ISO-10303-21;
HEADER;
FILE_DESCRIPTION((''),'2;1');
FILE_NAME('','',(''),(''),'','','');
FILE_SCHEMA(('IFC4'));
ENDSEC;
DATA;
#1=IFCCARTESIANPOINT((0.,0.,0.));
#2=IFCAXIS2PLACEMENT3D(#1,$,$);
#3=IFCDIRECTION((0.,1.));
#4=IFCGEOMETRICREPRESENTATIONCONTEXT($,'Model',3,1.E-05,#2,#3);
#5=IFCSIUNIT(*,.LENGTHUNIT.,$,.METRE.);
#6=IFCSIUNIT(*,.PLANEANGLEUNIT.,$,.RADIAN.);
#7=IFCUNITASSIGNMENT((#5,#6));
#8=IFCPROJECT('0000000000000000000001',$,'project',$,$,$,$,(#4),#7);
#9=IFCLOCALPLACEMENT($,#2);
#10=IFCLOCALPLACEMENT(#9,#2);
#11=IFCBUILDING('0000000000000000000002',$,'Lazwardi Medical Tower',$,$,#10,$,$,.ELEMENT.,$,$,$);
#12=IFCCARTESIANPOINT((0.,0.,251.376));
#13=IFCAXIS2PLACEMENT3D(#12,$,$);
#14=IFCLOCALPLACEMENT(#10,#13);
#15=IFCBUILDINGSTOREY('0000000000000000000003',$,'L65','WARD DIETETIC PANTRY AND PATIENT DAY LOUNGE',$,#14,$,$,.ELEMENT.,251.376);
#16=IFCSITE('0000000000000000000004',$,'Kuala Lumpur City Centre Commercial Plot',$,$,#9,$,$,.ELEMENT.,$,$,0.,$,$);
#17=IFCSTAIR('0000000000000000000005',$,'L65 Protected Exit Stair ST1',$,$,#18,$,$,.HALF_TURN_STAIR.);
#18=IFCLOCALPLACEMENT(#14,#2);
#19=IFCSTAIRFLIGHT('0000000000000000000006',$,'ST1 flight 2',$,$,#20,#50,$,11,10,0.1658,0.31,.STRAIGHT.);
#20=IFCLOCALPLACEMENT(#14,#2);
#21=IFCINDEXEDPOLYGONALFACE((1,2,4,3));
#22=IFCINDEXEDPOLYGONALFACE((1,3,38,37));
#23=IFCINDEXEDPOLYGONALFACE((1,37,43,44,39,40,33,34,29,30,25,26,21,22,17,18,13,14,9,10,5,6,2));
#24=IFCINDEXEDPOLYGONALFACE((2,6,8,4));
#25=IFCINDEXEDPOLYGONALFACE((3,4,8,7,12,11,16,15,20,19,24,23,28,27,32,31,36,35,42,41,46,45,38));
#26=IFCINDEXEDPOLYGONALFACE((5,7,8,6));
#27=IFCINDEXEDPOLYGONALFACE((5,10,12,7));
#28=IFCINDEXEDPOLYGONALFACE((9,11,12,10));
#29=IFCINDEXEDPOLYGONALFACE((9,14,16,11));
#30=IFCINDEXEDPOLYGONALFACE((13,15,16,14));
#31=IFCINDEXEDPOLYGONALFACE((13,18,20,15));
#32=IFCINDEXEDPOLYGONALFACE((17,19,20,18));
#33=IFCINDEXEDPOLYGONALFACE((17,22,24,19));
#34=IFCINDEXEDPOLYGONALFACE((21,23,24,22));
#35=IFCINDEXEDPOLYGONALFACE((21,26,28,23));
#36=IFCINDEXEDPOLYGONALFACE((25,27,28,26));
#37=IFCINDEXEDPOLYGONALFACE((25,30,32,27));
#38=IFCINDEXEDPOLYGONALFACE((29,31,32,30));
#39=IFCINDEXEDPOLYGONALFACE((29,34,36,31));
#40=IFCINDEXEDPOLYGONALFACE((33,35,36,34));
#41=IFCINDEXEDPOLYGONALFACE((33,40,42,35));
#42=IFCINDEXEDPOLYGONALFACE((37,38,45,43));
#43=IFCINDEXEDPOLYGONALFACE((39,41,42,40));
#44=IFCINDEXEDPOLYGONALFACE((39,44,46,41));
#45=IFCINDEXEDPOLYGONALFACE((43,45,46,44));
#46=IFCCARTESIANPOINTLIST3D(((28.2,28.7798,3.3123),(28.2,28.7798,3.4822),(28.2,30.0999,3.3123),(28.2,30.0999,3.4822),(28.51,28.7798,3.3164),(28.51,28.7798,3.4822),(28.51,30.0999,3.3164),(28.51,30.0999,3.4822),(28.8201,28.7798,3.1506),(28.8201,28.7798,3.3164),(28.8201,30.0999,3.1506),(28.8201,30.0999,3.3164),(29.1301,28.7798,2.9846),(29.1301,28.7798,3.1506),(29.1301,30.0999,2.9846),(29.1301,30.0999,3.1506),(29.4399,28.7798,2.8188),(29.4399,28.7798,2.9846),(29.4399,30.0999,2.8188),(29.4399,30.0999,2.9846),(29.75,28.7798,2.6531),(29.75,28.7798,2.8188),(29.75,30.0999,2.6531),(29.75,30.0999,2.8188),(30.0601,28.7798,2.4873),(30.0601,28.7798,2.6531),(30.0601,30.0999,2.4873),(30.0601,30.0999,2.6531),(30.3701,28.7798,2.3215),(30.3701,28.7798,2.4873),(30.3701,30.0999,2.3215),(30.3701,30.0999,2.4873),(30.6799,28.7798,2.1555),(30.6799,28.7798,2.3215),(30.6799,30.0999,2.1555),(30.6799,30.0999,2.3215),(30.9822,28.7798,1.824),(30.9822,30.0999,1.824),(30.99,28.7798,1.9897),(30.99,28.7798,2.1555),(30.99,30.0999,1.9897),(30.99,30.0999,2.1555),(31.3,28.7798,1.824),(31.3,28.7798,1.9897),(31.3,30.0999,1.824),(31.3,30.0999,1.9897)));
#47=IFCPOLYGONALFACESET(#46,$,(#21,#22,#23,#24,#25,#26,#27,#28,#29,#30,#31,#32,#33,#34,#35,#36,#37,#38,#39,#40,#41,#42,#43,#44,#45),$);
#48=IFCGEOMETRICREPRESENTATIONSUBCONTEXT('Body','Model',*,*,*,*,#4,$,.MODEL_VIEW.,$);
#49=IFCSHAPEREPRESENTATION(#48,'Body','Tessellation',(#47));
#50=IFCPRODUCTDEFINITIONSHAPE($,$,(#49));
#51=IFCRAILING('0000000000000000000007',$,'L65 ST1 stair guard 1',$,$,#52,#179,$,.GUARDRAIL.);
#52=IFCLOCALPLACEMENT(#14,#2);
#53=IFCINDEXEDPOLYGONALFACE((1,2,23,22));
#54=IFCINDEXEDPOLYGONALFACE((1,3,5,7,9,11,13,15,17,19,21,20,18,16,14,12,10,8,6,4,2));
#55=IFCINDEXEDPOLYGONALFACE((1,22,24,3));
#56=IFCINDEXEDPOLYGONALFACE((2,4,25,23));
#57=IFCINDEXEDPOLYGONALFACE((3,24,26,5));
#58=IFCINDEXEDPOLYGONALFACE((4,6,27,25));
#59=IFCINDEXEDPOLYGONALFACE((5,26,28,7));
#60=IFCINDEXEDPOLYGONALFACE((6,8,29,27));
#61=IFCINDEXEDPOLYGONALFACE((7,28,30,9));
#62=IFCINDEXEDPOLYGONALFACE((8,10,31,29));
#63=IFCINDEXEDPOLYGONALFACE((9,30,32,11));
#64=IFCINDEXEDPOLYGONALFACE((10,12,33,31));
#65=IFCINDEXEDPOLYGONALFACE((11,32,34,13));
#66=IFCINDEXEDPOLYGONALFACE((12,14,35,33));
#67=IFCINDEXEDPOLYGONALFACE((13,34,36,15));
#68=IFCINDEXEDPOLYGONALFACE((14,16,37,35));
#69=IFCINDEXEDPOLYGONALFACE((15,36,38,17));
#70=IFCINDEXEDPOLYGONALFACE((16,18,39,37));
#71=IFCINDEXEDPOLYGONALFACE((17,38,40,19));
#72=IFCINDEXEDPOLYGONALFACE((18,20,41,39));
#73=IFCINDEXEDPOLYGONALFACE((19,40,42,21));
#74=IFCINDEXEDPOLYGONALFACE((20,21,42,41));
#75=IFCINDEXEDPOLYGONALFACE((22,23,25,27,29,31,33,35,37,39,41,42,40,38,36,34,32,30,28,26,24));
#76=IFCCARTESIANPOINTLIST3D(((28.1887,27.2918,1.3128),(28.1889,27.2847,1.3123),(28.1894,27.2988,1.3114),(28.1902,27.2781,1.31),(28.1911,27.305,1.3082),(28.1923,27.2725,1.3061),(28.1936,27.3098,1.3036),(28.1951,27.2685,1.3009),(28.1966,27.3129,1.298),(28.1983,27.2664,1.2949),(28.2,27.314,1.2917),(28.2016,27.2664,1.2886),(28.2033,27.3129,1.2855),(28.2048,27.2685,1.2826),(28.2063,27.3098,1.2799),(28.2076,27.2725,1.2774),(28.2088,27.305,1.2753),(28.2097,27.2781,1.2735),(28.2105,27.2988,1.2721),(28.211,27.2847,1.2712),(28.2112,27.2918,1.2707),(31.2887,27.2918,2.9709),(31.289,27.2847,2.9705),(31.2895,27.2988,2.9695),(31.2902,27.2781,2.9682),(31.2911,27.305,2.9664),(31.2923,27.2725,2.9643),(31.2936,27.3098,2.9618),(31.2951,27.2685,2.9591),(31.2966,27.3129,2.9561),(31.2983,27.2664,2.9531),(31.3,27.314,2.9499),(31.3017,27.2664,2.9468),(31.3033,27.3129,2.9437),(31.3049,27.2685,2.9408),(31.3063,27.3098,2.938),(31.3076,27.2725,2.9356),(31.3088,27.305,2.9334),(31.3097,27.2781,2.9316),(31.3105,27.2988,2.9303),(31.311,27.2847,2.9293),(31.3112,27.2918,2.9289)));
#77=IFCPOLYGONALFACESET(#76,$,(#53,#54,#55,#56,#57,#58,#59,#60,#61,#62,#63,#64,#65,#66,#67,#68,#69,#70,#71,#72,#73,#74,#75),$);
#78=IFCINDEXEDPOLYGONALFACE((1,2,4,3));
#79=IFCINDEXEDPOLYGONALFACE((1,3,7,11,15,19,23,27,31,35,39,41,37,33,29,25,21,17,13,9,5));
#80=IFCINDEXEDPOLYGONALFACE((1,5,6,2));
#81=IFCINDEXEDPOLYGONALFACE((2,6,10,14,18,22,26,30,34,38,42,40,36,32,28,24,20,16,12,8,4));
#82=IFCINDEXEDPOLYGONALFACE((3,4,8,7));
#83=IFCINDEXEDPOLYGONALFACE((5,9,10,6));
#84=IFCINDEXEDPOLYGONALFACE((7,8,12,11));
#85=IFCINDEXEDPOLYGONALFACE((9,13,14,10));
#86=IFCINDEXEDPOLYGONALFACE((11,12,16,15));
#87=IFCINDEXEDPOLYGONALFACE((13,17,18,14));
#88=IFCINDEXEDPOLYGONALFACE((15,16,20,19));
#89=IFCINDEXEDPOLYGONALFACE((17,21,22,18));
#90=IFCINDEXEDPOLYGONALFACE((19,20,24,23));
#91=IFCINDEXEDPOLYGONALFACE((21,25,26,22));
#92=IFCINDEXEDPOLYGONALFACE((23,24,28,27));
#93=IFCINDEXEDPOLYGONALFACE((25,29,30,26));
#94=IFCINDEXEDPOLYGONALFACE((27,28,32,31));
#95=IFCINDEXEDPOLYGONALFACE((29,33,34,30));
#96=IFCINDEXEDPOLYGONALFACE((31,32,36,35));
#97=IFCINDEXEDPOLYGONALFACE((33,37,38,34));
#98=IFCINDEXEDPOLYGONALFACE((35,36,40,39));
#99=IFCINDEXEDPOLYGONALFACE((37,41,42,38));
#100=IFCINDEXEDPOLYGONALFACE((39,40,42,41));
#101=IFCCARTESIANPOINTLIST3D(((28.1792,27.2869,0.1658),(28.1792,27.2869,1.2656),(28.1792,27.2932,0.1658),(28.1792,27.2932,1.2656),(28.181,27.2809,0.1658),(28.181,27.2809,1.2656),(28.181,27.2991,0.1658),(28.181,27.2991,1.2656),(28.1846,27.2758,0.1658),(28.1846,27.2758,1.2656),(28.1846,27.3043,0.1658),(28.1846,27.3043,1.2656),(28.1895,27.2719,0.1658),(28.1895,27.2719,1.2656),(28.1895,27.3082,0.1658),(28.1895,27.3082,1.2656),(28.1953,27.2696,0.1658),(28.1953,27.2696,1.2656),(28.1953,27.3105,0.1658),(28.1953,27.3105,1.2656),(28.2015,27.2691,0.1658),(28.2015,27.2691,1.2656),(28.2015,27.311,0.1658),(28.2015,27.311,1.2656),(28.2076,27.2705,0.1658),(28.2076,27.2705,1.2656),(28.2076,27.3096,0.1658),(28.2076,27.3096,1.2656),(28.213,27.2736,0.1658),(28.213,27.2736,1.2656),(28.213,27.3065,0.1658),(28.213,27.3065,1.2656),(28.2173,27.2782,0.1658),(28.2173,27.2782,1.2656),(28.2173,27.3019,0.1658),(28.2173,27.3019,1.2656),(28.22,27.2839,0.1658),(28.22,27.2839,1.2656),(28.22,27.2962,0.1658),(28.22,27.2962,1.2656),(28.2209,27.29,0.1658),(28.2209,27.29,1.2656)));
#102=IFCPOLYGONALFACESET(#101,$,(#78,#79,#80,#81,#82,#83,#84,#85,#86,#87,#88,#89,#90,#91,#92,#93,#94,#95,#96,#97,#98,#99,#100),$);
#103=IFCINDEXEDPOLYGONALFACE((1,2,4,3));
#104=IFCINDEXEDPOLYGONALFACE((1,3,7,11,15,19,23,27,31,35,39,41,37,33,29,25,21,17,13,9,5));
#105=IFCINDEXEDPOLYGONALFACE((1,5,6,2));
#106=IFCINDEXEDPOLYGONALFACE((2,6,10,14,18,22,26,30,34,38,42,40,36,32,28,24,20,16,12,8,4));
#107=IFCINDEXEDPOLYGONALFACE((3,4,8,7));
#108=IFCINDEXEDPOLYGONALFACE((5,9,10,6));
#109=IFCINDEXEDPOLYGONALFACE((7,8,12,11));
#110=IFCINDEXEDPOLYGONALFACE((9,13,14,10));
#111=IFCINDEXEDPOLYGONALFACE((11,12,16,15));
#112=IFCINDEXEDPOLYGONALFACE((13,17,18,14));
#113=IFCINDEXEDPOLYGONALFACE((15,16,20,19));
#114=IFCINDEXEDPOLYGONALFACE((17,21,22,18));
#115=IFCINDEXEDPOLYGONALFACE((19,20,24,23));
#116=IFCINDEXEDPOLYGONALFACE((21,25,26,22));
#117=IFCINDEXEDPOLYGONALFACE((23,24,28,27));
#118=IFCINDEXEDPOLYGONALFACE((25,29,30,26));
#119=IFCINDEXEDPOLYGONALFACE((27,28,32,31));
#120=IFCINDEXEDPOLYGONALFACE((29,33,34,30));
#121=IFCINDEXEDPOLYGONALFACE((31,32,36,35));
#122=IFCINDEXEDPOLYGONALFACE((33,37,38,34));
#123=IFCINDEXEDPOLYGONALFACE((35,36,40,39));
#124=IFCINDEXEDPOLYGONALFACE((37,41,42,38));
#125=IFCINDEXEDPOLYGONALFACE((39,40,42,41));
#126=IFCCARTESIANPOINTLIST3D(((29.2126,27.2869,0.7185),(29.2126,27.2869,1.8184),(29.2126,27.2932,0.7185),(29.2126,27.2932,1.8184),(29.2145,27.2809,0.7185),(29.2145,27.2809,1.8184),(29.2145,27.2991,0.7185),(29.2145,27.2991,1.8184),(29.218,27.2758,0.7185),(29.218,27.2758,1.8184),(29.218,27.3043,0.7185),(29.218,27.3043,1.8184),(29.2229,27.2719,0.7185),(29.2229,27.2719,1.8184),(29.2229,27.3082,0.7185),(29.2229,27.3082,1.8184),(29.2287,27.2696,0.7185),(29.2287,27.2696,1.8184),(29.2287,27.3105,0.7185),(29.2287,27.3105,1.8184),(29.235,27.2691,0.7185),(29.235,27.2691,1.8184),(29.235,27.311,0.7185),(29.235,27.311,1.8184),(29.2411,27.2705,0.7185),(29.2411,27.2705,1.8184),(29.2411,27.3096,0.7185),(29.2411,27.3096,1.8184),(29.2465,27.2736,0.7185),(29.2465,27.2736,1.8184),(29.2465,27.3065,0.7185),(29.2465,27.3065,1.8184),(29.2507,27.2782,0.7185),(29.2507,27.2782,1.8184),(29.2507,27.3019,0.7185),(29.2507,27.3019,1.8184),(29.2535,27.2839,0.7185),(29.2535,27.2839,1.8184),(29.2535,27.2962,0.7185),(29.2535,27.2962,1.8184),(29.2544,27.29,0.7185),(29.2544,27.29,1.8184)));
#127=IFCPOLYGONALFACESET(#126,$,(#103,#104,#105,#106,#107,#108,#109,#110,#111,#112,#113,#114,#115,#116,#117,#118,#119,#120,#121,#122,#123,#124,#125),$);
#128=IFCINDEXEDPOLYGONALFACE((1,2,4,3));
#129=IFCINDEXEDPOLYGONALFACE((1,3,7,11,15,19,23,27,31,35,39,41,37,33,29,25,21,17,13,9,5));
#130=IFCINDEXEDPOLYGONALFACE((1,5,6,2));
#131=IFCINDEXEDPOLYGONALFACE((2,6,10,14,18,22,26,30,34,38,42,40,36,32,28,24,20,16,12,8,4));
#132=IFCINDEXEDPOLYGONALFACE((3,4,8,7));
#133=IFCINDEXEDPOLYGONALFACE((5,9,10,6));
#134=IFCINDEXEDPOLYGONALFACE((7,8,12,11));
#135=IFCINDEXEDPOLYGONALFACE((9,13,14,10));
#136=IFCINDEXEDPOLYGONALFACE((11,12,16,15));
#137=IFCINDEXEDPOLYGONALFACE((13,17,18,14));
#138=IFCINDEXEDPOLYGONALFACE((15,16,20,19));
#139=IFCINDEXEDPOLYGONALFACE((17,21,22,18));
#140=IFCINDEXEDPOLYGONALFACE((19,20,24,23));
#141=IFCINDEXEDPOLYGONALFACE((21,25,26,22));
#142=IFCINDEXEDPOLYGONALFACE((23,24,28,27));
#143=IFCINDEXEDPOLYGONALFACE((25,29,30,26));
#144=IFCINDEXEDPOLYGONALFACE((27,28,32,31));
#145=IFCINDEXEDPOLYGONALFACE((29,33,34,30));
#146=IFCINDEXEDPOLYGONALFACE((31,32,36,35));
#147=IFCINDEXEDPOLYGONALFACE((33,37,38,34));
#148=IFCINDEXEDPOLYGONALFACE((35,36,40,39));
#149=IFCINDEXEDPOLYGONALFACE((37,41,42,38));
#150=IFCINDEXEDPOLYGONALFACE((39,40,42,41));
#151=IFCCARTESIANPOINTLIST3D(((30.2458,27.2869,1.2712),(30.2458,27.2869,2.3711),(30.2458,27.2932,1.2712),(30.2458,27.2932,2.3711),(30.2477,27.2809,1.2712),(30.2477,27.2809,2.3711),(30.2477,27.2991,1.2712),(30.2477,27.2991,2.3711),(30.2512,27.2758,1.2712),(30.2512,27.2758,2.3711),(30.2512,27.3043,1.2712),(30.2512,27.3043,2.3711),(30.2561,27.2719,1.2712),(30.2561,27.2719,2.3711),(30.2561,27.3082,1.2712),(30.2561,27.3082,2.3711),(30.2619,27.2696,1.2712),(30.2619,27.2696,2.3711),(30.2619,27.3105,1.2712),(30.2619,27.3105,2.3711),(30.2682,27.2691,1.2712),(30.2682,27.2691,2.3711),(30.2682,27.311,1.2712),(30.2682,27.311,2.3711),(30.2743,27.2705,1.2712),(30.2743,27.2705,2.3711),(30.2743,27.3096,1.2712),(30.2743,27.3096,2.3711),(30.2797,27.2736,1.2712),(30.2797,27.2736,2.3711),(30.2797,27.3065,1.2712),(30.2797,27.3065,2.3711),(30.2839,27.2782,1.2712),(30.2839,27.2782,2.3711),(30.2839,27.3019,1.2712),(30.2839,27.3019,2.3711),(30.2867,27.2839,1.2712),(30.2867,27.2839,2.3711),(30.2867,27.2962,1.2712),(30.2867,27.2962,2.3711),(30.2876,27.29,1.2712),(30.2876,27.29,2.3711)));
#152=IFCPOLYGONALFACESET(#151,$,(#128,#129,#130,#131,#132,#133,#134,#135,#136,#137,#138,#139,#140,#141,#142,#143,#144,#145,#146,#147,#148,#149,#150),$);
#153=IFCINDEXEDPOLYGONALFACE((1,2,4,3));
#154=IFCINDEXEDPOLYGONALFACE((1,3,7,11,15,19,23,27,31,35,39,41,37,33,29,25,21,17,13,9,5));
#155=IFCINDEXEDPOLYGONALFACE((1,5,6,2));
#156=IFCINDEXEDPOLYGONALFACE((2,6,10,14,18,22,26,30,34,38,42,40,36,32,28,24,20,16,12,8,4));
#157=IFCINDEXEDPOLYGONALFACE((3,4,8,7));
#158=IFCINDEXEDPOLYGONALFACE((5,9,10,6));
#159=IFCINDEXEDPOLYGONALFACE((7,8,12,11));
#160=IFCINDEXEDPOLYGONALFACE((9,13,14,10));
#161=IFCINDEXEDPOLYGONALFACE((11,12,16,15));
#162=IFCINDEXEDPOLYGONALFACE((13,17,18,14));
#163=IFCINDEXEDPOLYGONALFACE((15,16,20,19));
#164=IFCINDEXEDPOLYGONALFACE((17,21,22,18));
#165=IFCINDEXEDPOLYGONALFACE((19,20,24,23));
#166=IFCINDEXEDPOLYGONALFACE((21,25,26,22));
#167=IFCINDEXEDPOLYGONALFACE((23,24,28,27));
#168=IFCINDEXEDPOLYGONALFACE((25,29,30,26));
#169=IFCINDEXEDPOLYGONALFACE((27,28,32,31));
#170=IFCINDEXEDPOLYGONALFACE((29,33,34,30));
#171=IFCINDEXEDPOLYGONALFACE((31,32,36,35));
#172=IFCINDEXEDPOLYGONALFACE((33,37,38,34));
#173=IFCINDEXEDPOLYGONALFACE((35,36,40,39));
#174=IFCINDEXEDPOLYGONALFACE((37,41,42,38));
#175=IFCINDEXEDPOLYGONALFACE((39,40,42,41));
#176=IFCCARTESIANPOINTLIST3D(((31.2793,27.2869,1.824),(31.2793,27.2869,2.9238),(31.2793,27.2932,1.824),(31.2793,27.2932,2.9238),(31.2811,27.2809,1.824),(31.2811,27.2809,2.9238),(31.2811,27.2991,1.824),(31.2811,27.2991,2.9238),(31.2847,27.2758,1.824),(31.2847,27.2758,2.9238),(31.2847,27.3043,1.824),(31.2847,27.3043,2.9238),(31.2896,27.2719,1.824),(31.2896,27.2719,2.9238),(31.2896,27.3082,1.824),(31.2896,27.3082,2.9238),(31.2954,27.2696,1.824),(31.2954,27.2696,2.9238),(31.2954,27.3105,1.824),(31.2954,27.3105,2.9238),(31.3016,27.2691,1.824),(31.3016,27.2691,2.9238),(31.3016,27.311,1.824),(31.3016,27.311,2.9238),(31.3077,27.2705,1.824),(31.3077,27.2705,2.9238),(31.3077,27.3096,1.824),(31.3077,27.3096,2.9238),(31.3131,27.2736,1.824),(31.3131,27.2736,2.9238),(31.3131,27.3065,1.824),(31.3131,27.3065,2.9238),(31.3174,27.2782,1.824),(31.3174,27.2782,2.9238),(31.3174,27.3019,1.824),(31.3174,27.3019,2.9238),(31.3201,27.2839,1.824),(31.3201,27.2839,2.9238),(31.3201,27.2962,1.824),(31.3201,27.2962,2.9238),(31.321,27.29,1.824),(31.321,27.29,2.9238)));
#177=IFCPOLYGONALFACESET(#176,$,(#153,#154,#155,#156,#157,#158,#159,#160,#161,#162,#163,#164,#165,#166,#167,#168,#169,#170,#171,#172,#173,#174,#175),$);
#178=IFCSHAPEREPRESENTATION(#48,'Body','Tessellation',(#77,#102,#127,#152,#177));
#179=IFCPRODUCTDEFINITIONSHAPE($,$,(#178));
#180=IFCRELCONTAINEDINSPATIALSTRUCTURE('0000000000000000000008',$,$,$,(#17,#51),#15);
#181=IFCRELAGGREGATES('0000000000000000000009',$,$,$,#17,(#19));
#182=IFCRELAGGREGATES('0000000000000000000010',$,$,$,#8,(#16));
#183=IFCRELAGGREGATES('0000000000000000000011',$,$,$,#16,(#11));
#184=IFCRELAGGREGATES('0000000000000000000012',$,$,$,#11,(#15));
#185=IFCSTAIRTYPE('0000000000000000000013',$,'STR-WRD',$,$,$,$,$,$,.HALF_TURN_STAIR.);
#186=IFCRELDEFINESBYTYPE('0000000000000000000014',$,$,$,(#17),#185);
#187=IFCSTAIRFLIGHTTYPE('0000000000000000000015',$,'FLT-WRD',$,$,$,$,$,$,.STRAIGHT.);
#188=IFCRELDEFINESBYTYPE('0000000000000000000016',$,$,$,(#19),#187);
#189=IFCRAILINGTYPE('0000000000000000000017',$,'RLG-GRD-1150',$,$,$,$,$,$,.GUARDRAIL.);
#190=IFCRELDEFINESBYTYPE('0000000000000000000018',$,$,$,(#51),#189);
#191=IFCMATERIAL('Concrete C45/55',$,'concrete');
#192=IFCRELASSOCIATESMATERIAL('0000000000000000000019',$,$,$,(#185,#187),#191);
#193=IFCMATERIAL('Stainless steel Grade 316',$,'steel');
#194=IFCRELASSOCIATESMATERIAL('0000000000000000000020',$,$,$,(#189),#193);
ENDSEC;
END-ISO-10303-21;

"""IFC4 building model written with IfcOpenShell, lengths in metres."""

from ifc_helpers import new_model, si_unit, direction, frame, origin, origin_2d, place, context, subcontext, project, spatial, polyline, circle, outline, extrude, material, type_object, element, aggregate, save


model = new_model("IFC4")

# Units and contexts
model_context = context("Model", 3, precision=1e-05, world=origin(), true_north=direction((0.0, 1.0)))
body_context = subcontext(model_context, "Body", "Model", "MODEL_VIEW")
ifc_project = project(units=[si_unit("LENGTHUNIT", "METRE"), si_unit("PLANEANGLEUNIT", "RADIAN")], contexts=[model_context])

# Site, building, storey
site_placement = place(None, origin())
site = spatial("IfcSite", under=ifc_project, at=site_placement, Name="Kuala Lumpur City Centre Commercial Plot", CompositionType="ELEMENT", RefElevation=0.0)
building_placement = place(site_placement, origin())
building = spatial("IfcBuilding", under=site, at=building_placement, Name="Lazwardi Medical Tower", CompositionType="ELEMENT")
storey_placement = place(building_placement, frame((0.0, 0.0, 251.376)))
storey = spatial("IfcBuildingStorey", under=building, at=storey_placement, Name="L65", Description="WARD DIETETIC PANTRY AND PATIENT DAY LOUNGE", CompositionType="ELEMENT", Elevation=251.376)

# Stair, stair flight
ifc_material_1 = material(Name="Concrete C45/55", Category="concrete")
stair_type = type_object("IfcStairType", Name="STR-WRD", PredefinedType="HALF_TURN_STAIR", material=ifc_material_1)
stair_placement = place(storey_placement, origin())
stair = element("IfcStair", 1, at=stair_placement, inside=storey, type_object=stair_type, Name="L65 Protected Exit Stair ST1", PredefinedType="HALF_TURN_STAIR")
stair_flight_type = type_object("IfcStairFlightType", Name="FLT-WRD", PredefinedType="STRAIGHT", material=ifc_material_1)
stair_flight_1_placement = place(storey_placement, frame((31.3, 29.4399, 1.824), z_axis=(0.0, 0.0, 1.0), x_axis=(-1.0, 0.0, 0.0)))
stair_flight_1 = element("IfcStairFlight", 2, at=stair_flight_1_placement, type_object=stair_flight_type, Name="ST1 flight 2", NumberOfRisers=11, NumberOfTreads=10, PredefinedType="STRAIGHT", RiserHeight=0.1658, TreadLength=0.31, context=body_context, shape_type="SweptSolid", body=[
    extrude(outline(polyline([(0.0, 0.0), (0.0, 0.1658), (0.3101, 0.1658), (0.3101, 0.3315), (0.6201, 0.3315), (0.6201, 0.4976), (0.9299, 0.4976), (0.9299, 0.6633), (1.24, 0.6633), (1.24, 0.8291), (1.55, 0.8291), (1.55, 0.9949), (1.8601, 0.9949), (1.8601, 1.1606), (2.1699, 1.1606), (2.1699, 1.3267), (2.48, 1.3267), (2.48, 1.4924), (2.79, 1.4924), (2.79, 1.6582), (3.1001, 1.6582), (3.1001, 1.824), (3.1001, 1.4883), (0.3179, 0.0), (0.0, 0.0)])), frame((0.0, 0.6602, 0.0), z_axis=(0.0, -1.0, 0.0), x_axis=(1.0, 0.0, 0.0)), (0.0, 0.0, 1.0), 1.3201),
])
aggregate(stair, [stair_flight_1])

# Railing
ifc_material_2 = material(Name="Stainless steel Grade 316", Category="steel")
railing_type_1 = type_object("IfcRailingType", Name="RLG-GRD-1150", PredefinedType="GUARDRAIL", material=ifc_material_2)
railing_1_placement = place(storey_placement, frame((28.2, 27.29, 0.1658)))
element("IfcRailing", 3, at=railing_1_placement, inside=storey, type_object=railing_type_1, Name="L65 ST1 stair guard 1", PredefinedType="GUARDRAIL", context=body_context, shape_type="SweptSolid", body=[
    extrude(circle(Radius=0.0239, at=origin_2d()), frame((0.0, 0.0, 1.126), z_axis=(0.881783, 0.0, 0.471655), x_axis=(0.0, 1.0, 0.0)), (0.0, 0.0, 1.0), 3.5156),
    extrude(circle(Radius=0.021, at=origin_2d()), origin(), (0.0, 0.0, 1.0), 1.0999),
    extrude(circle(Radius=0.021, at=origin_2d()), frame((1.0334, 0.0, 0.5527)), (0.0, 0.0, 1.0), 1.0999),
    extrude(circle(Radius=0.021, at=origin_2d()), frame((2.0667, 0.0, 1.1055)), (0.0, 0.0, 1.0), 1.0999),
    extrude(circle(Radius=0.021, at=origin_2d()), frame((3.1001, 0.0, 1.6582)), (0.0, 0.0, 1.0), 1.0999),
])

save(model, "model.ifc")
